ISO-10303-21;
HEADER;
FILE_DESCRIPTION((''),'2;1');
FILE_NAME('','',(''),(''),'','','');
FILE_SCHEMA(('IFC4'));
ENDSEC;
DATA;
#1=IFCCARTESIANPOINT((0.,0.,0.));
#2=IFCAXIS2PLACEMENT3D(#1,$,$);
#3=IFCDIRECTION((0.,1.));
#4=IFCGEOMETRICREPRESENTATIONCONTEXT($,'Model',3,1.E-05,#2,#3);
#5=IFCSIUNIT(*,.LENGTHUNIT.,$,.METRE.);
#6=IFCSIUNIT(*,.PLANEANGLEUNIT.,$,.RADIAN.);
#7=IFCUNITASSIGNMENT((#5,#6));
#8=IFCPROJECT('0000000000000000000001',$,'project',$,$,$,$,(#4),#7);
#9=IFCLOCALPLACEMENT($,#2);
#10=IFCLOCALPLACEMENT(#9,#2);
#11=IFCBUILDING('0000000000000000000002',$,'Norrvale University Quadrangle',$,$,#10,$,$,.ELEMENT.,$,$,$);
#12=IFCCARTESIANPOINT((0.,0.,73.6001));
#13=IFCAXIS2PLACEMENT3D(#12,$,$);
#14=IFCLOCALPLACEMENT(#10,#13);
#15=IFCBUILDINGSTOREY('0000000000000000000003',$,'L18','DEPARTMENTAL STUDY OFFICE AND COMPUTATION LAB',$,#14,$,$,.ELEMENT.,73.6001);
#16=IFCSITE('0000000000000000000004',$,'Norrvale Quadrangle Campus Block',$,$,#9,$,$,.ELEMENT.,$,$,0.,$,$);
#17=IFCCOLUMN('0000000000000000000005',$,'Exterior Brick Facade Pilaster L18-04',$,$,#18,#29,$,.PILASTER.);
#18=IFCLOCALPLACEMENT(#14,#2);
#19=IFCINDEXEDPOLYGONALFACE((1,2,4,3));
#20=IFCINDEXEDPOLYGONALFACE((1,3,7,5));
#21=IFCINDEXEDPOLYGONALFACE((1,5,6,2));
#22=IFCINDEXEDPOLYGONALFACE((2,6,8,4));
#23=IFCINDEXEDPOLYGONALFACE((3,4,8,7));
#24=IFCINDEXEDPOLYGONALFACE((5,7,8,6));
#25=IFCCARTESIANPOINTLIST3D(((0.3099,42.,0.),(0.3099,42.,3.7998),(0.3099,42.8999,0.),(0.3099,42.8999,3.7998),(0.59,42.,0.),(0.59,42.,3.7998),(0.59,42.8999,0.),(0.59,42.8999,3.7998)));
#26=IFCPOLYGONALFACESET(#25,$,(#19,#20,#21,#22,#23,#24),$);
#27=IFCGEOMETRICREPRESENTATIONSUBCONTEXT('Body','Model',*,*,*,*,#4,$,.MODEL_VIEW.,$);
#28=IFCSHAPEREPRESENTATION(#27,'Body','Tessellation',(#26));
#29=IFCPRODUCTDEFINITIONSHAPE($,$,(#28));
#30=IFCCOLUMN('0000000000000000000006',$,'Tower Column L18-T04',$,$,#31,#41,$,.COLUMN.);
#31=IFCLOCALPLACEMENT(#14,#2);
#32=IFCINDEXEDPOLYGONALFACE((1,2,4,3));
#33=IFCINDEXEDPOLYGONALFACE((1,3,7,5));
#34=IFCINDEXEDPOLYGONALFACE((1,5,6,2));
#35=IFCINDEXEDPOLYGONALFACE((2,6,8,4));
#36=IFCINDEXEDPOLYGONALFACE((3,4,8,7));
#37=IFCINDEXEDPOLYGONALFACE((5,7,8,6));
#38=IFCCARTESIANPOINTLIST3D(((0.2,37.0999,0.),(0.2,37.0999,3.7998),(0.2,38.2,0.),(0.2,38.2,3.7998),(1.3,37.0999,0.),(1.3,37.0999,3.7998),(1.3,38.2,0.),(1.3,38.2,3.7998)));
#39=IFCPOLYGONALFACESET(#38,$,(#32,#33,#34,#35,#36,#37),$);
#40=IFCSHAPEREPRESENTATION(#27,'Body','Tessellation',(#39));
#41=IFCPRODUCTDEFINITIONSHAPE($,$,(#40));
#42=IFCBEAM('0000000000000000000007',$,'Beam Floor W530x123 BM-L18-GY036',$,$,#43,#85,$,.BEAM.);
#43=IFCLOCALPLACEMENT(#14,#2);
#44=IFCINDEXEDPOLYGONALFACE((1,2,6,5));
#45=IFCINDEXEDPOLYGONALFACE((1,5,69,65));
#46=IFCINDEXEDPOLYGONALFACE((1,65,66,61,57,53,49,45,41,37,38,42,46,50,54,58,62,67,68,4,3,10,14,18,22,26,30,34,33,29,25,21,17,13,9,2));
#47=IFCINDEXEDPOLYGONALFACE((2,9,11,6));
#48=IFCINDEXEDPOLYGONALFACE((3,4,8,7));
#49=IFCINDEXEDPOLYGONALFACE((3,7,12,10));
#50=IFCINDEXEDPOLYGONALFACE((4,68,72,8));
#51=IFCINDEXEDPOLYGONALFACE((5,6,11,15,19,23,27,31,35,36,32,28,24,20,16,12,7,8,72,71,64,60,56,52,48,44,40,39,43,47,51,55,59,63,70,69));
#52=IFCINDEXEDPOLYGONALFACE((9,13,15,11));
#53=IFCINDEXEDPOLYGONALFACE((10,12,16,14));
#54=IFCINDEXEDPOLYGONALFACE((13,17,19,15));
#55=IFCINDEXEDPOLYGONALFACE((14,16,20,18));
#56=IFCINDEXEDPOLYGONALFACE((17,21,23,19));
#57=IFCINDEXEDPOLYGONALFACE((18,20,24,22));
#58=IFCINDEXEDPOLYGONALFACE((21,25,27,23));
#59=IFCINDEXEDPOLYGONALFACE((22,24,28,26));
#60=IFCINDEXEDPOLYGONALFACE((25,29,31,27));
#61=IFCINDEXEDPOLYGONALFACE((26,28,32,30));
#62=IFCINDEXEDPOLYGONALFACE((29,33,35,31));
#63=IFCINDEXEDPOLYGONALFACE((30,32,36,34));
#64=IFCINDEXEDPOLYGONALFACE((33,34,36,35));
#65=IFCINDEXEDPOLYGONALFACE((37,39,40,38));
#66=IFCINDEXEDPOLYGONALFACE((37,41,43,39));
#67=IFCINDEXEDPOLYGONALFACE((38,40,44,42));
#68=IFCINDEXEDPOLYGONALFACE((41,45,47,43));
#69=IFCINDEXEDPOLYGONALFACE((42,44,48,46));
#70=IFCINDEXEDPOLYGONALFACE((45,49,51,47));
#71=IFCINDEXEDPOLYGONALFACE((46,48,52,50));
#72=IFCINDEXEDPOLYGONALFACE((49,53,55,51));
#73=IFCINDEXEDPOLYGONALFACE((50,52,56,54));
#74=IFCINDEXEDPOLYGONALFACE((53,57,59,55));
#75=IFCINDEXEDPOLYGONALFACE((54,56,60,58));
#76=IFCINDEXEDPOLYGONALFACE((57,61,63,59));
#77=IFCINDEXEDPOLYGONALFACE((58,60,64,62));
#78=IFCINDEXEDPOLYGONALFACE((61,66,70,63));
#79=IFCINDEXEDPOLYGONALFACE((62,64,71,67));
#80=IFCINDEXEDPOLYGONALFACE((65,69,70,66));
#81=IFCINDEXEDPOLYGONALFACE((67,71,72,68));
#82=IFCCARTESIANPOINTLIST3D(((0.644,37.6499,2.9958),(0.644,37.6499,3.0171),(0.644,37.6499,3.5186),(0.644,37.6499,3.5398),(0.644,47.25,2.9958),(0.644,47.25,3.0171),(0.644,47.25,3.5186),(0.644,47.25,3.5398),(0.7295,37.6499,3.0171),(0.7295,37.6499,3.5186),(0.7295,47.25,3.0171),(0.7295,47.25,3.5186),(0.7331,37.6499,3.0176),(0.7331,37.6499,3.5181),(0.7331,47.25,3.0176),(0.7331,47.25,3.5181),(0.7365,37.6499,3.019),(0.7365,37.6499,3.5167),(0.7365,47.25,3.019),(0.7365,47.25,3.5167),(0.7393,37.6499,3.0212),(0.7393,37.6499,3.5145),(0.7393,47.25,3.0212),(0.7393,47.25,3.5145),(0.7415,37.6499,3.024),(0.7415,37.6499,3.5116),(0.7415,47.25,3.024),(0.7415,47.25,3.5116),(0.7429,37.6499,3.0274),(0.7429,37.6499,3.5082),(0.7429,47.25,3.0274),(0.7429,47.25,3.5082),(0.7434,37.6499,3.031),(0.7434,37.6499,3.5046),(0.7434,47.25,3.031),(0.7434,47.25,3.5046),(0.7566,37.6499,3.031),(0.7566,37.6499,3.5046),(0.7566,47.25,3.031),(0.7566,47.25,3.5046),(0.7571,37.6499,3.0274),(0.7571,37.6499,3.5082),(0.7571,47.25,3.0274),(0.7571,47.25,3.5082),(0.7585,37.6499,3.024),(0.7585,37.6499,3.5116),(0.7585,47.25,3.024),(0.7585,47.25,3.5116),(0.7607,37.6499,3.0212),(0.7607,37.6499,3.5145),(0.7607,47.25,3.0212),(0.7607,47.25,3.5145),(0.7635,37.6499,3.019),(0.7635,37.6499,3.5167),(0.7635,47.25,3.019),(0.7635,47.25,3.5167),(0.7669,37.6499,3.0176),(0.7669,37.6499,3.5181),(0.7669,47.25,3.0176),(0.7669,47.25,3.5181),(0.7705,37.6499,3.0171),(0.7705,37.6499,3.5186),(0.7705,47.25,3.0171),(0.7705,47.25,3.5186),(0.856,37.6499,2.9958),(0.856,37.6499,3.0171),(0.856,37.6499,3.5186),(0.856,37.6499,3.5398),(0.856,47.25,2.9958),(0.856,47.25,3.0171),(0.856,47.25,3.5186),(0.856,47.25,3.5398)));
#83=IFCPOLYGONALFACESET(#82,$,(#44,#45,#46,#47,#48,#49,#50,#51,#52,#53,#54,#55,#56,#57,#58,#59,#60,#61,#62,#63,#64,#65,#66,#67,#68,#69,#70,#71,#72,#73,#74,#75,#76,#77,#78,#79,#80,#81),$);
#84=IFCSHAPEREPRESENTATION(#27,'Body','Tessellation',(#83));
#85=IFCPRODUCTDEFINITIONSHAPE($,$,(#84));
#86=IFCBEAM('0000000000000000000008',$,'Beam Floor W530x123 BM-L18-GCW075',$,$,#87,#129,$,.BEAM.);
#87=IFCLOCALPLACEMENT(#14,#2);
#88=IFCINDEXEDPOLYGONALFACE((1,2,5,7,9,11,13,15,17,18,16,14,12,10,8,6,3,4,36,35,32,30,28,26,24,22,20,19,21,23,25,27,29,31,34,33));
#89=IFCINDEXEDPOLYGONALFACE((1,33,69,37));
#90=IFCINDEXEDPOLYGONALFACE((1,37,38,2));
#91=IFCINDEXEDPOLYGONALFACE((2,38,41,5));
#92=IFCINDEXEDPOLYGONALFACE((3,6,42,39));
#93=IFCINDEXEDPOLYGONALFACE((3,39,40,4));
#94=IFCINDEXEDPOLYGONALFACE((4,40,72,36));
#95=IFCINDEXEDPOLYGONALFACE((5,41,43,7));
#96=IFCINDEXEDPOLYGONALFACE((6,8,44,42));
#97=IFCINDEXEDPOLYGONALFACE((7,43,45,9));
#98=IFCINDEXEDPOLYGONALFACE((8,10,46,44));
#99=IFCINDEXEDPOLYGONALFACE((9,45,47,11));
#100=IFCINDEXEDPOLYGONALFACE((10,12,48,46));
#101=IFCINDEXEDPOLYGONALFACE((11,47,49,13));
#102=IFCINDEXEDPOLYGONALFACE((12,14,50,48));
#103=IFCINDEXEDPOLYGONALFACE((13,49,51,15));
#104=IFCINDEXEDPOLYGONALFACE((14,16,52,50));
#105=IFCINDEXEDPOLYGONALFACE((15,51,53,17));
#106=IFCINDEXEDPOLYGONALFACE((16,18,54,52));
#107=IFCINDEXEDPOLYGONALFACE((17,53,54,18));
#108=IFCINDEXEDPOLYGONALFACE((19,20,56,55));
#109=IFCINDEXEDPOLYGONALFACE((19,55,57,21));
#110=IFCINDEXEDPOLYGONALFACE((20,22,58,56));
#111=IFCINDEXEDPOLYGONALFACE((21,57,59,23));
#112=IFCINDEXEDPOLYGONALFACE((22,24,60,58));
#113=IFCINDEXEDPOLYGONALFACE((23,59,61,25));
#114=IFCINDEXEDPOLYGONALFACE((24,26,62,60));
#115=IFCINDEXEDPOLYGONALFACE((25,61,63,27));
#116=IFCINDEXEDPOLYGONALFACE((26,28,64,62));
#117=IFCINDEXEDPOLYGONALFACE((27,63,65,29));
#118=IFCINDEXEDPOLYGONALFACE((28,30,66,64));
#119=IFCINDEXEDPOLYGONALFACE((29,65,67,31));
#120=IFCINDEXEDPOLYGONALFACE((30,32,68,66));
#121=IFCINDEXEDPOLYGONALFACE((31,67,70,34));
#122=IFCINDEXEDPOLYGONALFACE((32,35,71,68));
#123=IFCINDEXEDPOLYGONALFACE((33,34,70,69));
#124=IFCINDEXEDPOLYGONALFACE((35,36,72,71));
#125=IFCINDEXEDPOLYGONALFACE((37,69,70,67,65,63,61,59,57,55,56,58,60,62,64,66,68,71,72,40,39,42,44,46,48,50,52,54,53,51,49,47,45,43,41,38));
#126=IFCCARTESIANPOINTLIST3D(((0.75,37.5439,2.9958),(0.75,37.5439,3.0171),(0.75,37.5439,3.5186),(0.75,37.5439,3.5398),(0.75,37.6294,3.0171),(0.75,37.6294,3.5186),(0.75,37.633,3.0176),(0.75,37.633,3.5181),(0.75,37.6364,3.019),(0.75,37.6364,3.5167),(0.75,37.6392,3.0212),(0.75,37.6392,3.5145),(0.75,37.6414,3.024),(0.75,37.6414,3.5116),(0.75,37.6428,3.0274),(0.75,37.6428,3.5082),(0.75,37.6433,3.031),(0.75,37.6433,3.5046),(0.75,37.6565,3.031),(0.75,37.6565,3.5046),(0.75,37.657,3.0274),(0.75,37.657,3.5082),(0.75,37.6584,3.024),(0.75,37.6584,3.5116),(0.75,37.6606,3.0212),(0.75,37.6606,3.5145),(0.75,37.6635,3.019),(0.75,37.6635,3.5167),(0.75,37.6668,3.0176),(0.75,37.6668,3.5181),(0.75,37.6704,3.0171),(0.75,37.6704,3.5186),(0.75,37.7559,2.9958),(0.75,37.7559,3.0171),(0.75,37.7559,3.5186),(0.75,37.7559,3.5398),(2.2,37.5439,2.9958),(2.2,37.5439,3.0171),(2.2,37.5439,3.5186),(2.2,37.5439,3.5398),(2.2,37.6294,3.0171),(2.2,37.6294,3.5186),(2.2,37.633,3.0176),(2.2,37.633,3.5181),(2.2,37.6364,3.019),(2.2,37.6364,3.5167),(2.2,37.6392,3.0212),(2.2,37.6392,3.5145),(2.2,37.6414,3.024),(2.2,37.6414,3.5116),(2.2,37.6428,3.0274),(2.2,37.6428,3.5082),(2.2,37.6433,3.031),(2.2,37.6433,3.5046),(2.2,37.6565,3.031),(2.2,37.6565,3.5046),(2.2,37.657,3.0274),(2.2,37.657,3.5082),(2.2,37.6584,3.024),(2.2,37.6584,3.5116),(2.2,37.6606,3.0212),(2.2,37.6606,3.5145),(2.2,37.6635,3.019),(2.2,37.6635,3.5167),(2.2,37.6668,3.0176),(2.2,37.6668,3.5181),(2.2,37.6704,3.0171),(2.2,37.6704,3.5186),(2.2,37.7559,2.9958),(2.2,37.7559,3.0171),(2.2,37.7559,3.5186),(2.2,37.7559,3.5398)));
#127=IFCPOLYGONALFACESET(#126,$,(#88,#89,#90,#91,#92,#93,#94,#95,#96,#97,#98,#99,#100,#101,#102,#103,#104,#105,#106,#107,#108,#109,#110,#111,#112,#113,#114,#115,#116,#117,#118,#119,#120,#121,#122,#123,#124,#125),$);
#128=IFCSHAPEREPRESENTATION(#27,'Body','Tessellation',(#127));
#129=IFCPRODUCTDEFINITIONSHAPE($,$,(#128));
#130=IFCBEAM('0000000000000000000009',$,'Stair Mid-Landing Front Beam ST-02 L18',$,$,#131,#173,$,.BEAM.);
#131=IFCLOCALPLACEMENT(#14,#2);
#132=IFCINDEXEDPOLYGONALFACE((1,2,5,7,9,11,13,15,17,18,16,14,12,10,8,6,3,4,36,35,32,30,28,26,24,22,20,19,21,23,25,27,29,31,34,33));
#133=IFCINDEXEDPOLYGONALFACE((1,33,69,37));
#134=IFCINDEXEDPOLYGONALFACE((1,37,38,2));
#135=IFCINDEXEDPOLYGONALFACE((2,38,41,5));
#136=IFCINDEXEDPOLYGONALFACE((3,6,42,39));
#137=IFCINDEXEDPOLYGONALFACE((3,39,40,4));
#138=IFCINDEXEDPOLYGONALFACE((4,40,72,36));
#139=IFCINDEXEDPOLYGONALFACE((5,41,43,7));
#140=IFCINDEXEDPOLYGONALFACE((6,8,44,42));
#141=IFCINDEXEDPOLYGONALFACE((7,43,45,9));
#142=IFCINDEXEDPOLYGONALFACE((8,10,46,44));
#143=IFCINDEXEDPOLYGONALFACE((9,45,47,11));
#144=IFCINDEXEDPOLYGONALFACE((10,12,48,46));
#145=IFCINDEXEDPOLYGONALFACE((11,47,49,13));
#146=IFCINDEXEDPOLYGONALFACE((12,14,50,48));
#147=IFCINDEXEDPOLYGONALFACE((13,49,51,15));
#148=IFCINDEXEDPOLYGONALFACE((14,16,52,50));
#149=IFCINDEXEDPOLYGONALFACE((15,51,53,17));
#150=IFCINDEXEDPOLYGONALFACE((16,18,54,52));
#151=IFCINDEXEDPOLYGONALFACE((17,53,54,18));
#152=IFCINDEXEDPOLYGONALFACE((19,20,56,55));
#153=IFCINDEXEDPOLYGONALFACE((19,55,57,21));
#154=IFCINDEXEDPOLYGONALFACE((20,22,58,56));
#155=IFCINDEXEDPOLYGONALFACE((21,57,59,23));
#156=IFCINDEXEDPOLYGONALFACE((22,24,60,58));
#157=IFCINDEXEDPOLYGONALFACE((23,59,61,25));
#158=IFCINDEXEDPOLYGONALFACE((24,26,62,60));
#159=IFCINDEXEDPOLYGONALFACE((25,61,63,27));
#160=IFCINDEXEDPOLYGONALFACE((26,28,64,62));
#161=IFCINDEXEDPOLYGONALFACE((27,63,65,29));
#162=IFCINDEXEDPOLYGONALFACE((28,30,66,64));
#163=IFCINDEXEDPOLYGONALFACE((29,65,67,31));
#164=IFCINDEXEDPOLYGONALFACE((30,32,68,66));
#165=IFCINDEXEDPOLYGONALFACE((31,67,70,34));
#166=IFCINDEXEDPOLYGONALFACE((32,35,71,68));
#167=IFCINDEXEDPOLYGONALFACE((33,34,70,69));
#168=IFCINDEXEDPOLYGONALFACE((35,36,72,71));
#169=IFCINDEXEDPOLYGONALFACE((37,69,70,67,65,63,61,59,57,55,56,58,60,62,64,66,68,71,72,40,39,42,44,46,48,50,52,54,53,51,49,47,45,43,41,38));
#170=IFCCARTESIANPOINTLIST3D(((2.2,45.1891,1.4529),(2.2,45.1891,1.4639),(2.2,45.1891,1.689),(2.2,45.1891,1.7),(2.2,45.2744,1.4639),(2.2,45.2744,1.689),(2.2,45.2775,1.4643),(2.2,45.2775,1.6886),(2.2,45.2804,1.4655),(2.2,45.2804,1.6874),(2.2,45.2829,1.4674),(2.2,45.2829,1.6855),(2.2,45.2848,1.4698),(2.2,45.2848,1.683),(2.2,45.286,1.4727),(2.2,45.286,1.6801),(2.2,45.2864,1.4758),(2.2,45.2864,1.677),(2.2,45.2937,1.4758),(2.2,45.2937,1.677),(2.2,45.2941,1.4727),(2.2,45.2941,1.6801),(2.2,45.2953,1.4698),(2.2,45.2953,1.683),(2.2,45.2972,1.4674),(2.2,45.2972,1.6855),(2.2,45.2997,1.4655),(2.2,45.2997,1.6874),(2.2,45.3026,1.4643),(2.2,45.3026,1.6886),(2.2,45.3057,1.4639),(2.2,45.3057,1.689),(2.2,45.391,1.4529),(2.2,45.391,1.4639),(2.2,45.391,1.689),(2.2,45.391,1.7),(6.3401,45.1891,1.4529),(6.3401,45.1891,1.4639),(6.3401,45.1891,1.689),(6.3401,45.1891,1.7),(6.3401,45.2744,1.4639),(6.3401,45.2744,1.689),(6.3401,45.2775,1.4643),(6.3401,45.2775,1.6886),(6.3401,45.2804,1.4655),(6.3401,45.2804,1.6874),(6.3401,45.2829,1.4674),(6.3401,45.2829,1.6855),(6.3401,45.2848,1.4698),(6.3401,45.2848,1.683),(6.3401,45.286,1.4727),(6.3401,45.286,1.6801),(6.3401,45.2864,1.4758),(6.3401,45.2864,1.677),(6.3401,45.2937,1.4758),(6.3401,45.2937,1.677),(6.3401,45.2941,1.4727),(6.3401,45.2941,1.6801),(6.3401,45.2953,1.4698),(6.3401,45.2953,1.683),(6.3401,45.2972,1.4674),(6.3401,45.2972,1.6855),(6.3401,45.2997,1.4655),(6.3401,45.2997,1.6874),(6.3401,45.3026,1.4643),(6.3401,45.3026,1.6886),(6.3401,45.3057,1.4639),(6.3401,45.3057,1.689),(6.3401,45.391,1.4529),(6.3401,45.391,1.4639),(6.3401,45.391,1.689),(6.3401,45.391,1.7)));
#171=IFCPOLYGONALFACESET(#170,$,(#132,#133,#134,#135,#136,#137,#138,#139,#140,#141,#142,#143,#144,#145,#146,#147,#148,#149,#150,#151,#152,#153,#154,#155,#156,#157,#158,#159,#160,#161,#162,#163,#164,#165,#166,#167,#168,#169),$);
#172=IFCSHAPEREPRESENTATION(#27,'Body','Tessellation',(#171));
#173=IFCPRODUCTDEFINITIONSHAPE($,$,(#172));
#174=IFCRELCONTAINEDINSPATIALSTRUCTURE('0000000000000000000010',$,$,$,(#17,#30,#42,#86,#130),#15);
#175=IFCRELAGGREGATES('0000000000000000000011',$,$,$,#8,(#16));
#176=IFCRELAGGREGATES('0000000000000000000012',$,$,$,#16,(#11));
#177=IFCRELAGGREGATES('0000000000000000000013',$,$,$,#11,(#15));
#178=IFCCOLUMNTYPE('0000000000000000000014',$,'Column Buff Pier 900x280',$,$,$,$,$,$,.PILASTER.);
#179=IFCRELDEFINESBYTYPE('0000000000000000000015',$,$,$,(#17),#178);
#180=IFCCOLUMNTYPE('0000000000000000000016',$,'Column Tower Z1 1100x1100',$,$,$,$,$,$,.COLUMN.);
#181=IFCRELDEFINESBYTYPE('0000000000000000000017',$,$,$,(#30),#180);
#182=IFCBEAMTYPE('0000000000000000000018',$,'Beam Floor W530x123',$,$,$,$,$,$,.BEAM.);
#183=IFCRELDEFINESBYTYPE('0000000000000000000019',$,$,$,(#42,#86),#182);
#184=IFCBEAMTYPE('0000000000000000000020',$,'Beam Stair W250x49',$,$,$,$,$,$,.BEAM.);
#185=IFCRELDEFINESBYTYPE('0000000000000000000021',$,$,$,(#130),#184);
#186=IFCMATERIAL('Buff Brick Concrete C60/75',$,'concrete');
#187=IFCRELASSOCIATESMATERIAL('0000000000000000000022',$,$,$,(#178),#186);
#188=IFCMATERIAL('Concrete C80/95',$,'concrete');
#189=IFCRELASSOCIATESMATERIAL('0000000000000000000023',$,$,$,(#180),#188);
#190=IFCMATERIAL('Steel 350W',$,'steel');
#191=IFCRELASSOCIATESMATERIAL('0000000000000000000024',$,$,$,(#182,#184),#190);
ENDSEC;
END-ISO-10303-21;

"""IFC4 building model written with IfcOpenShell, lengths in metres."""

from ifc_helpers import new_model, si_unit, direction, frame, origin, origin_2d, place, context, subcontext, project, spatial, rectangle, i_section, extrude, material, material_profile, profile_set, type_object, element, save


model = new_model("IFC4")

# Units and contexts
model_context = context("Model", 3, precision=1e-05, world=origin(), true_north=direction((0.0, 1.0)))
body_context = subcontext(model_context, "Body", "Model", "MODEL_VIEW")
ifc_project = project(units=[si_unit("LENGTHUNIT", "METRE"), si_unit("PLANEANGLEUNIT", "RADIAN")], contexts=[model_context])

# Site, building, storey
site_placement = place(None, origin())
site = spatial("IfcSite", under=ifc_project, at=site_placement, Name="Norrvale Quadrangle Campus Block", CompositionType="ELEMENT", RefElevation=0.0)
building_placement = place(site_placement, origin())
building = spatial("IfcBuilding", under=site, at=building_placement, Name="Norrvale University Quadrangle", CompositionType="ELEMENT")
storey_placement = place(building_placement, frame((0.0, 0.0, 73.6001)))
storey = spatial("IfcBuildingStorey", under=building, at=storey_placement, Name="L18", Description="DEPARTMENTAL STUDY OFFICE AND COMPUTATION LAB", CompositionType="ELEMENT", Elevation=73.6001)

# Columns
ifc_material_1 = material(Name="Buff Brick Concrete C60/75", Category="concrete")
ifc_material_profile_1 = material_profile(ifc_material_1, rectangle(XDim=0.8999, YDim=0.28, at=origin_2d()), Name="Buff Brick Concrete C60/75")
ifc_profile_set_1 = profile_set([ifc_material_profile_1], Name="Buff Brick Concrete C60/75")
column_type_1 = type_object("IfcColumnType", Name="Column Buff Pier 900x280", PredefinedType="PILASTER", material=ifc_profile_set_1)
column_1_placement = place(storey_placement, frame((0.45, 42.45, 0.0), z_axis=(0.0, 0.0, 1.0), x_axis=(0.0, 1.0, 0.0)))
element("IfcColumn", 1, at=column_1_placement, inside=storey, type_object=column_type_1, Name="Exterior Brick Facade Pilaster L18-04", PredefinedType="PILASTER", context=body_context, shape_type="SweptSolid", body=[
    extrude(rectangle(XDim=0.8999, YDim=0.28, at=origin_2d()), origin(), (0.0, 0.0, 1.0), 3.7998),
])
ifc_material_2 = material(Name="Concrete C80/95", Category="concrete")
ifc_material_profile_2 = material_profile(ifc_material_2, rectangle(XDim=1.1001, YDim=1.1001, at=origin_2d()), Name="Concrete C80/95")
ifc_profile_set_2 = profile_set([ifc_material_profile_2], Name="Concrete C80/95")
column_type_2 = type_object("IfcColumnType", Name="Column Tower Z1 1100x1100", PredefinedType="COLUMN", material=ifc_profile_set_2)
column_2_placement = place(storey_placement, frame((0.75, 37.6499, 0.0), z_axis=(0.0, 0.0, 1.0), x_axis=(1.0, 0.0, 0.0)))
element("IfcColumn", 2, at=column_2_placement, inside=storey, type_object=column_type_2, Name="Tower Column L18-T04", PredefinedType="COLUMN", context=body_context, shape_type="SweptSolid", body=[
    extrude(rectangle(XDim=1.1001, YDim=1.1001, at=origin_2d()), origin(), (0.0, 0.0, 1.0), 3.7998),
])

# Beams
ifc_material_3 = material(Name="Steel 350W", Category="steel")
ifc_material_profile_3 = material_profile(ifc_material_3, i_section(OverallWidth=0.2119, OverallDepth=0.5439, WebThickness=0.0132, FlangeThickness=0.0212, FilletRadius=0.0139, at=origin_2d()), Name="Steel 350W")
ifc_profile_set_3 = profile_set([ifc_material_profile_3], Name="Steel 350W")
beam_type_1 = type_object("IfcBeamType", Name="Beam Floor W530x123", PredefinedType="BEAM", material=ifc_profile_set_3)
beam_1_placement = place(storey_placement, frame((0.75, 37.6499, 3.2678), z_axis=(0.0, 1.0, 0.0), x_axis=(-1.0, 0.0, 0.0)))
element("IfcBeam", 3, at=beam_1_placement, inside=storey, type_object=beam_type_1, Name="Beam Floor W530x123 BM-L18-GY036", PredefinedType="BEAM", context=body_context, shape_type="SweptSolid", body=[
    extrude(i_section(OverallWidth=0.2119, OverallDepth=0.5439, WebThickness=0.0132, FlangeThickness=0.0212, FilletRadius=0.0139, at=origin_2d()), origin(), (0.0, 0.0, 1.0), 9.6001),
])
beam_2_placement = place(storey_placement, frame((0.75, 37.6499, 3.2678), z_axis=(1.0, 0.0, 0.0), x_axis=(0.0, 1.0, 0.0)))
element("IfcBeam", 4, at=beam_2_placement, inside=storey, type_object=beam_type_1, Name="Beam Floor W530x123 BM-L18-GCW075", PredefinedType="BEAM", context=body_context, shape_type="SweptSolid", body=[
    extrude(i_section(OverallWidth=0.2119, OverallDepth=0.5439, WebThickness=0.0132, FlangeThickness=0.0212, FilletRadius=0.0139, at=origin_2d()), origin(), (0.0, 0.0, 1.0), 1.45),
])
ifc_material_profile_4 = material_profile(ifc_material_3, i_section(OverallWidth=0.2019, OverallDepth=0.2471, WebThickness=0.0073, FlangeThickness=0.011, FilletRadius=0.012, at=origin_2d()), Name="Steel 350W")
ifc_profile_set_4 = profile_set([ifc_material_profile_4], Name="Steel 350W")
beam_type_2 = type_object("IfcBeamType", Name="Beam Stair W250x49", PredefinedType="BEAM", material=ifc_profile_set_4)
beam_3_placement = place(storey_placement, frame((2.2, 45.29, 1.5764), z_axis=(1.0, 0.0, 0.0), x_axis=(0.0, 1.0, 0.0)))
element("IfcBeam", 5, at=beam_3_placement, inside=storey, type_object=beam_type_2, Name="Stair Mid-Landing Front Beam ST-02 L18", PredefinedType="BEAM", context=body_context, shape_type="SweptSolid", body=[
    extrude(i_section(OverallWidth=0.2019, OverallDepth=0.2471, WebThickness=0.0073, FlangeThickness=0.011, FilletRadius=0.012, at=origin_2d()), origin(), (0.0, 0.0, 1.0), 4.1401),
])

save(model, "model.ifc")
